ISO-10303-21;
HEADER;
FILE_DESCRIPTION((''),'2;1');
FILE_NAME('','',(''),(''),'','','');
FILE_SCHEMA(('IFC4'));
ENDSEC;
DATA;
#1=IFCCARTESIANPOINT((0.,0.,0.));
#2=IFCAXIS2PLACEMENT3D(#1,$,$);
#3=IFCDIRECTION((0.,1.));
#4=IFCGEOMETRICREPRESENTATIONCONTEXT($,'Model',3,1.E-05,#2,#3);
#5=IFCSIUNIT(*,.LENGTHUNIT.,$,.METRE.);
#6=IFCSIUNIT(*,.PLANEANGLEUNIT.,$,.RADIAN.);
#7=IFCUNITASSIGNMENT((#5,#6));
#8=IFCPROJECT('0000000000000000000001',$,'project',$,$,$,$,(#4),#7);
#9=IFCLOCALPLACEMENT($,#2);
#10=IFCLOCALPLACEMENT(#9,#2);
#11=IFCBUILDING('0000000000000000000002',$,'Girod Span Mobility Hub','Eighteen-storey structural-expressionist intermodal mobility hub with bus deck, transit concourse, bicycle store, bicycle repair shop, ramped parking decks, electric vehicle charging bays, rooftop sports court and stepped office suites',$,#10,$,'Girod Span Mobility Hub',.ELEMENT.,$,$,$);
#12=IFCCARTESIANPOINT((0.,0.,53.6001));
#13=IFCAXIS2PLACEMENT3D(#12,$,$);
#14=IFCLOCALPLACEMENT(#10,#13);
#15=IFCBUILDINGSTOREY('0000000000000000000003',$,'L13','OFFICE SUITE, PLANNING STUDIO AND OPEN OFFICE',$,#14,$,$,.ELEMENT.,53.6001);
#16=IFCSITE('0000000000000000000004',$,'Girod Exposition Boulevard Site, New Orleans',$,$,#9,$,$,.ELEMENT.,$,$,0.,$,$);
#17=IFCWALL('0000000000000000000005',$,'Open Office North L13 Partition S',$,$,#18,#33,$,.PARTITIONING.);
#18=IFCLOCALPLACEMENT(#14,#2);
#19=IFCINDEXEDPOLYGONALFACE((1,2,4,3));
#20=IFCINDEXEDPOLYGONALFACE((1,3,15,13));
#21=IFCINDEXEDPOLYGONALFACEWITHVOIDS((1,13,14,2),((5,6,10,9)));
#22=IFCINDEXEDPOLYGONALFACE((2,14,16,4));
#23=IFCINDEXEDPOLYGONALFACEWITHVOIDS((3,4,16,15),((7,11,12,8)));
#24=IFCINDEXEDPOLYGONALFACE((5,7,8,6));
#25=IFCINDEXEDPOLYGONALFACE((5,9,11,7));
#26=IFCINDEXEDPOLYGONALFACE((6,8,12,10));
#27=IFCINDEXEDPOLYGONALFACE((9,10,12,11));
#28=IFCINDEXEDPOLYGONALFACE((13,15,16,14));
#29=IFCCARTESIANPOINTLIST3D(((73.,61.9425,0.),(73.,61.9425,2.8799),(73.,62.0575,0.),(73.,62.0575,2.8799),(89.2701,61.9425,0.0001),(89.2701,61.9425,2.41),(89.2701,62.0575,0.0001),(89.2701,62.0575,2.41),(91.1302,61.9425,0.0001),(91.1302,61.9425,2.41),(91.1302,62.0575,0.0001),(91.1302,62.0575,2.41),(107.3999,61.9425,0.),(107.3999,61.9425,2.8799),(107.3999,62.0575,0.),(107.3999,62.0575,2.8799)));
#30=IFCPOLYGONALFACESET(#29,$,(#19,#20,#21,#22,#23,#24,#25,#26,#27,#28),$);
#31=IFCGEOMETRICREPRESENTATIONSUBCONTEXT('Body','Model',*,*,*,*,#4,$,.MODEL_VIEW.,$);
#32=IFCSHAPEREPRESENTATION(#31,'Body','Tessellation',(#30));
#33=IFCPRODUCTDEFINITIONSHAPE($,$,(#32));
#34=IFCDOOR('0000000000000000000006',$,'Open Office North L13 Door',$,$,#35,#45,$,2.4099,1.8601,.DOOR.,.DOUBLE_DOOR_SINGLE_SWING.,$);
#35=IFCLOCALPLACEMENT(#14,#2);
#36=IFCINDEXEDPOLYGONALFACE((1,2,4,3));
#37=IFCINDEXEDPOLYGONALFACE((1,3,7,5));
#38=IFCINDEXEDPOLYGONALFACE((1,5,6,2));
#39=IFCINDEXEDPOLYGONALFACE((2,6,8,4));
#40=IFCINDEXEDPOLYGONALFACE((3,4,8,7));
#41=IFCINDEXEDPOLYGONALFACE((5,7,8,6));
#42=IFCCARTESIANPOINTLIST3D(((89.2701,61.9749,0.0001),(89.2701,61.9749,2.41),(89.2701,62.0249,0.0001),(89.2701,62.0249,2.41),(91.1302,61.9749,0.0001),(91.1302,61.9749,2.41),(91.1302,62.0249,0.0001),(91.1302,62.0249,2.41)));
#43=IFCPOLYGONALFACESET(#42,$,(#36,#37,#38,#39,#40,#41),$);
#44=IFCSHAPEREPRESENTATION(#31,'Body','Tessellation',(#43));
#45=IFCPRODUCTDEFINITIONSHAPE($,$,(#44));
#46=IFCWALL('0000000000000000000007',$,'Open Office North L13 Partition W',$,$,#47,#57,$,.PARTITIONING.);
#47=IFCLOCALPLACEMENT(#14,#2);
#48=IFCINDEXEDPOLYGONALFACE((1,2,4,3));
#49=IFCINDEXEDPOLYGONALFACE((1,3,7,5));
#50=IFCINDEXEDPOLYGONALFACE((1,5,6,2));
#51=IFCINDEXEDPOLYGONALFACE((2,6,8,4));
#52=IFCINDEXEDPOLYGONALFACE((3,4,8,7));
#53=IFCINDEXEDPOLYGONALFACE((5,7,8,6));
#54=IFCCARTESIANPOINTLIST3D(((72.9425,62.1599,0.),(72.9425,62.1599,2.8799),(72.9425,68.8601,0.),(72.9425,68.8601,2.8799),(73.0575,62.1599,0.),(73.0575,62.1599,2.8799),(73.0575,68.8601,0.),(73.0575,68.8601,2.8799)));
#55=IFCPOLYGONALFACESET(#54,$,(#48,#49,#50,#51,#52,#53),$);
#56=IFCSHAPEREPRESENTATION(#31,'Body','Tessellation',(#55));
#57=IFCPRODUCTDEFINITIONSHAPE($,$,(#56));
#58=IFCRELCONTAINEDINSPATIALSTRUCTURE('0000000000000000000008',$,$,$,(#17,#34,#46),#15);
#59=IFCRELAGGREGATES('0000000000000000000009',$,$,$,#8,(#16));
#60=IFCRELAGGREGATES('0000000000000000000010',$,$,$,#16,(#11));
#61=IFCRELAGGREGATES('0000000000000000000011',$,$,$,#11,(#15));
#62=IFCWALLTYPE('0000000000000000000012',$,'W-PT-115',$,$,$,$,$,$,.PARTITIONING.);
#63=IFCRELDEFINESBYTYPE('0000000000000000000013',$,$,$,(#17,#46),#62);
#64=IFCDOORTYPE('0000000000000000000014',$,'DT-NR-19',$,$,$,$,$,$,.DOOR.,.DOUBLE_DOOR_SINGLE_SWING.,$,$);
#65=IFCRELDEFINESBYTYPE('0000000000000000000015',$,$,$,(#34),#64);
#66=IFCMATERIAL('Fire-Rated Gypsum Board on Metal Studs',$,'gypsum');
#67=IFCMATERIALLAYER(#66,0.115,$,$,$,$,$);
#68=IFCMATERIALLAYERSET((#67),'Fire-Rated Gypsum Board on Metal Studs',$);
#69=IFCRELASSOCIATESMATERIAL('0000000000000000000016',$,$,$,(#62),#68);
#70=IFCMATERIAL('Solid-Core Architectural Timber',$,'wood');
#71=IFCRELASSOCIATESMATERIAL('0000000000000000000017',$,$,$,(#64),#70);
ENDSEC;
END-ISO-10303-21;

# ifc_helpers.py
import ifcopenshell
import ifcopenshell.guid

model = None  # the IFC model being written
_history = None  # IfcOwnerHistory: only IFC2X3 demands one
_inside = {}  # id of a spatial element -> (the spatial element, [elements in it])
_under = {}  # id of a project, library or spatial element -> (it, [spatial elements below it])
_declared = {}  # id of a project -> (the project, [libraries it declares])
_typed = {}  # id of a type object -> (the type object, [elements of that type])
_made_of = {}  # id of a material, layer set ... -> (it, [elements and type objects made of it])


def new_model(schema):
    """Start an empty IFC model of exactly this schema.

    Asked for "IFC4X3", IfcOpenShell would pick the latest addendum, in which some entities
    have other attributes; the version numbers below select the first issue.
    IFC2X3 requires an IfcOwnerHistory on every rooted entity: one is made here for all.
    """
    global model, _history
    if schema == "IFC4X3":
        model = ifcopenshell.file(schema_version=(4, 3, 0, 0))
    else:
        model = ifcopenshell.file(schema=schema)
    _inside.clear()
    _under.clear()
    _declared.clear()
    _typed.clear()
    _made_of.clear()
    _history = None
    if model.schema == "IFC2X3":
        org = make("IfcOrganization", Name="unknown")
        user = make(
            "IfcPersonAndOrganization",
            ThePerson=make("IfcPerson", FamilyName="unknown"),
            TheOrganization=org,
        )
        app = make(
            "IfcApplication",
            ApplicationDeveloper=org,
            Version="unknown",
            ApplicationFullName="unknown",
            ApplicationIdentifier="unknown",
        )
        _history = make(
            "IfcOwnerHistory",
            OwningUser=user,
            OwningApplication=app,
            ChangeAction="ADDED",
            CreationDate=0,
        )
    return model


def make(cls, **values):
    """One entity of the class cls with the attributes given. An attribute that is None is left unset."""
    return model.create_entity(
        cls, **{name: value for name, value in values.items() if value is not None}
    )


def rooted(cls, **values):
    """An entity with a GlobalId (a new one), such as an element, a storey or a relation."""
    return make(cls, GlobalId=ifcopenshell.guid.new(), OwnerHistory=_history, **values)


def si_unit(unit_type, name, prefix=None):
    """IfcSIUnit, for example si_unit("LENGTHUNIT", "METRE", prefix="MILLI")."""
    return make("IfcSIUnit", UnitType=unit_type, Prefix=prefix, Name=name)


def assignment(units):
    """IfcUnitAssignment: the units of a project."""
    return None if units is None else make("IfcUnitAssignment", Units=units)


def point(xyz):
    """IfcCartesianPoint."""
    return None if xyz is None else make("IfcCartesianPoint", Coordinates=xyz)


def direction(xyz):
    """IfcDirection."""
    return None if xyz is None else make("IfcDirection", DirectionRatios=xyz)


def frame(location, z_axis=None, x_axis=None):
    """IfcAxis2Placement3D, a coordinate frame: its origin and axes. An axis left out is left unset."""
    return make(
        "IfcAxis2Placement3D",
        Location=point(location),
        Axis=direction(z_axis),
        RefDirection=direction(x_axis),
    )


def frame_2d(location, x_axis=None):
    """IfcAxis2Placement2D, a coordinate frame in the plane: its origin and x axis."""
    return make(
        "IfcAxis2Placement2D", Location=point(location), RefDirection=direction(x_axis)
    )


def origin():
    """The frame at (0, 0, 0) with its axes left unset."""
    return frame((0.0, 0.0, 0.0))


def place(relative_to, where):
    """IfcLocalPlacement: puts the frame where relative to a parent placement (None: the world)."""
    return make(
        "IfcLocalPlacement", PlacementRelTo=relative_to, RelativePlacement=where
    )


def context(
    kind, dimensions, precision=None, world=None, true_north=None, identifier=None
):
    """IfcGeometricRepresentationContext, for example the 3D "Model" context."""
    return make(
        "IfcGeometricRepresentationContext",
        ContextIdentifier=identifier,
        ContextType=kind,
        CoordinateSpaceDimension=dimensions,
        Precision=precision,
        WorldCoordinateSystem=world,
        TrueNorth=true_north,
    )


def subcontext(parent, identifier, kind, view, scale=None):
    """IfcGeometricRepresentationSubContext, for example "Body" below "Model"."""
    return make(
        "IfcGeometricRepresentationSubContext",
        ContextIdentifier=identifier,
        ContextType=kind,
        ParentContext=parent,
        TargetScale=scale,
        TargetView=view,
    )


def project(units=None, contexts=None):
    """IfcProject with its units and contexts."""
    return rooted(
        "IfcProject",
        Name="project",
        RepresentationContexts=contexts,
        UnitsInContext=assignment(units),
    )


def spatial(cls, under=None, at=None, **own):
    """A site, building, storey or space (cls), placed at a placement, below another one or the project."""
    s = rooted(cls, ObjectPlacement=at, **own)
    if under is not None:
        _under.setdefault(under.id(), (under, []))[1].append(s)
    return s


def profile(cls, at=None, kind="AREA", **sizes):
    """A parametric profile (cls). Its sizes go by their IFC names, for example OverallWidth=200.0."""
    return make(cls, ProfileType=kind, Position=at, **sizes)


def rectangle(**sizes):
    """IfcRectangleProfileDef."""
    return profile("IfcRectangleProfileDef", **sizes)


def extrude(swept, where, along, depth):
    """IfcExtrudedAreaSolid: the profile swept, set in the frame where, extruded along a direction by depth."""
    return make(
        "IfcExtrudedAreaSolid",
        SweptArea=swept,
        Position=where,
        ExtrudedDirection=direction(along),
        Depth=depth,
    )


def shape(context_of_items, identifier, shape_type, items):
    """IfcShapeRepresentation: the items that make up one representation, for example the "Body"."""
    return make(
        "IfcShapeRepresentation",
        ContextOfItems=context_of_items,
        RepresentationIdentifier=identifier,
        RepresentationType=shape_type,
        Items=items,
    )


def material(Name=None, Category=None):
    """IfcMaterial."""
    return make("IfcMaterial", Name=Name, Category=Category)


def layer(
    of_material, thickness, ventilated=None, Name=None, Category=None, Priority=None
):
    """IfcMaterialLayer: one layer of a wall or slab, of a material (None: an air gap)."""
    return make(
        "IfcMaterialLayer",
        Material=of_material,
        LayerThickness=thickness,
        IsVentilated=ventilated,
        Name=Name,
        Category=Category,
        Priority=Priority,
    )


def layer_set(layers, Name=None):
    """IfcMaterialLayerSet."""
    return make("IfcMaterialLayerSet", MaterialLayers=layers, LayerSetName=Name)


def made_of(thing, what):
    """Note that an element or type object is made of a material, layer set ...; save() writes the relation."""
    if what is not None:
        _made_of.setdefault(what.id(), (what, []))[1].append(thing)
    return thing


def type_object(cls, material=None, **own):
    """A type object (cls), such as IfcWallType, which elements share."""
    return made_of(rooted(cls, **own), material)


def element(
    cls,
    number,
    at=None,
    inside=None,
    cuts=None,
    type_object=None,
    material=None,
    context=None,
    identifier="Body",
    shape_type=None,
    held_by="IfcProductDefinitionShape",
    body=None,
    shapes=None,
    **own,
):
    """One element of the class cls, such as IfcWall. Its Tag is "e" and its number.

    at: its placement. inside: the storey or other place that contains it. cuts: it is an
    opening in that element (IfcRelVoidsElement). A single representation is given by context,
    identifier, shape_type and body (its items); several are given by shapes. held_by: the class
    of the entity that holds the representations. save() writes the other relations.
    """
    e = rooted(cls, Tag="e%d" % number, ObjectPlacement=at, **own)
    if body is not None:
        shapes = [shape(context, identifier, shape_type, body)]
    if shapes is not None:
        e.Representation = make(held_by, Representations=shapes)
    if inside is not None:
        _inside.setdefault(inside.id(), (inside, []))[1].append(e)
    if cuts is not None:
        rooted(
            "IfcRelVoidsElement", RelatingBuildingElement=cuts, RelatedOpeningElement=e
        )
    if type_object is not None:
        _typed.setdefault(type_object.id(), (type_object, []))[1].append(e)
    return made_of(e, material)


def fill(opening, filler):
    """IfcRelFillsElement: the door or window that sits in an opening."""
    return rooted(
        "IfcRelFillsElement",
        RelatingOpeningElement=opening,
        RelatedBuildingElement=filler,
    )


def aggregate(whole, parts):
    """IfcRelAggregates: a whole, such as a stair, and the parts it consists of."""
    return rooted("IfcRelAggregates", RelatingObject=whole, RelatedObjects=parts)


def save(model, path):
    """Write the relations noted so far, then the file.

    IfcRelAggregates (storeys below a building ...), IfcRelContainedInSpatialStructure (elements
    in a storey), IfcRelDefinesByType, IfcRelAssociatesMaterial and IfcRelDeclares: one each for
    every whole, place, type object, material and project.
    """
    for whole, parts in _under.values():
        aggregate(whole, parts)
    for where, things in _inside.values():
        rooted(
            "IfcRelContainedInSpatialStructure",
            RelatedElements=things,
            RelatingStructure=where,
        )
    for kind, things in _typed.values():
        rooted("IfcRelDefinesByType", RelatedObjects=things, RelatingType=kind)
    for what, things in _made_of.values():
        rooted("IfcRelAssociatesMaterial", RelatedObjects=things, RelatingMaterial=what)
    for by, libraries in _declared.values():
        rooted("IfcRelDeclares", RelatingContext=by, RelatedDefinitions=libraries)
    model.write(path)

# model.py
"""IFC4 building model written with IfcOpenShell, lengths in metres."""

from ifc_helpers import new_model, si_unit, direction, frame, frame_2d, origin, place, context, subcontext, project, spatial, rectangle, extrude, material, layer, layer_set, type_object, element, fill, save


model = new_model("IFC4")

# Units and contexts
model_context = context("Model", 3, precision=1e-05, world=origin(), true_north=direction((0.0, 1.0)))
body_context = subcontext(model_context, "Body", "Model", "MODEL_VIEW")
ifc_project = project(units=[si_unit("LENGTHUNIT", "METRE"), si_unit("PLANEANGLEUNIT", "RADIAN")], contexts=[model_context])

# Site, building, storey
site_placement = place(None, origin())
site = spatial("IfcSite", under=ifc_project, at=site_placement, Name="Girod Exposition Boulevard Site, New Orleans", CompositionType="ELEMENT", RefElevation=0.0)
building_placement = place(site_placement, origin())
building = spatial("IfcBuilding", under=site, at=building_placement, Name="Girod Span Mobility Hub", Description="Eighteen-storey structural-expressionist intermodal mobility hub with bus deck, transit concourse, bicycle store, bicycle repair shop, ramped parking decks, electric vehicle charging bays, rooftop sports court and stepped office suites", LongName="Girod Span Mobility Hub", CompositionType="ELEMENT")
storey_placement = place(building_placement, frame((0.0, 0.0, 53.6001)))
storey = spatial("IfcBuildingStorey", under=building, at=storey_placement, Name="L13", Description="OFFICE SUITE, PLANNING STUDIO AND OPEN OFFICE", CompositionType="ELEMENT", Elevation=53.6001)

# Wall, opening, door
ifc_material_1 = material(Name="Fire-Rated Gypsum Board on Metal Studs", Category="gypsum")
ifc_layer_1 = layer(ifc_material_1, 0.115)
ifc_layer_set_1 = layer_set([ifc_layer_1], Name="Fire-Rated Gypsum Board on Metal Studs")
wall_type_1 = type_object("IfcWallType", Name="W-PT-115", PredefinedType="PARTITIONING", material=ifc_layer_set_1)
wall_1_placement = place(storey_placement, frame((73.0, 62.0, 0.0), z_axis=(0.0, 0.0, 1.0), x_axis=(1.0, 0.0, 0.0)))
wall_1 = element("IfcWall", 1, at=wall_1_placement, inside=storey, type_object=wall_type_1, Name="Open Office North L13 Partition S", PredefinedType="PARTITIONING", context=body_context, shape_type="SweptSolid", body=[
    extrude(rectangle(XDim=34.3999, YDim=0.115, at=frame_2d((17.2, 0.0))), origin(), (0.0, 0.0, 1.0), 2.8799),
])
opening_placement = place(wall_1_placement, frame((16.27, 0.0, 0.0)))
opening = element("IfcOpeningElement", 2, at=opening_placement, cuts=wall_1, PredefinedType="OPENING", context=body_context, shape_type="SweptSolid", body=[
    extrude(rectangle(XDim=1.8601, YDim=2.4099, at=frame_2d((0.9302, 1.2051))), frame((0.0, 0.0725, 0.0), z_axis=(0.0, -1.0, 0.0), x_axis=(1.0, 0.0, 0.0)), (0.0, 0.0, 1.0), 0.145),
])
ifc_material_2 = material(Name="Solid-Core Architectural Timber", Category="wood")
door_type = type_object("IfcDoorType", Name="DT-NR-19", OperationType="DOUBLE_DOOR_SINGLE_SWING", PredefinedType="DOOR", material=ifc_material_2)
door_placement = place(opening_placement, origin())
door = element("IfcDoor", 3, at=door_placement, inside=storey, type_object=door_type, Name="Open Office North L13 Door", OperationType="DOUBLE_DOOR_SINGLE_SWING", OverallHeight=2.4099, OverallWidth=1.8601, PredefinedType="DOOR", context=body_context, shape_type="SweptSolid", body=[
    extrude(rectangle(XDim=1.8601, YDim=2.4099, at=frame_2d((0.9302, 1.2051))), frame((0.0, 0.0249, 0.0), z_axis=(0.0, -1.0, 0.0), x_axis=(1.0, 0.0, 0.0)), (0.0, 0.0, 1.0), 0.05),
])
fill(opening, door)

# Wall
wall_2_placement = place(storey_placement, frame((73.0, 62.1599, 0.0), z_axis=(0.0, 0.0, 1.0), x_axis=(0.0, 1.0, 0.0)))
element("IfcWall", 4, at=wall_2_placement, inside=storey, type_object=wall_type_1, Name="Open Office North L13 Partition W", PredefinedType="PARTITIONING", context=body_context, shape_type="SweptSolid", body=[
    extrude(rectangle(XDim=6.7002, YDim=0.115, at=frame_2d((3.3501, 0.0))), origin(), (0.0, 0.0, 1.0), 2.8799),
])

save(model, "model.ifc")
